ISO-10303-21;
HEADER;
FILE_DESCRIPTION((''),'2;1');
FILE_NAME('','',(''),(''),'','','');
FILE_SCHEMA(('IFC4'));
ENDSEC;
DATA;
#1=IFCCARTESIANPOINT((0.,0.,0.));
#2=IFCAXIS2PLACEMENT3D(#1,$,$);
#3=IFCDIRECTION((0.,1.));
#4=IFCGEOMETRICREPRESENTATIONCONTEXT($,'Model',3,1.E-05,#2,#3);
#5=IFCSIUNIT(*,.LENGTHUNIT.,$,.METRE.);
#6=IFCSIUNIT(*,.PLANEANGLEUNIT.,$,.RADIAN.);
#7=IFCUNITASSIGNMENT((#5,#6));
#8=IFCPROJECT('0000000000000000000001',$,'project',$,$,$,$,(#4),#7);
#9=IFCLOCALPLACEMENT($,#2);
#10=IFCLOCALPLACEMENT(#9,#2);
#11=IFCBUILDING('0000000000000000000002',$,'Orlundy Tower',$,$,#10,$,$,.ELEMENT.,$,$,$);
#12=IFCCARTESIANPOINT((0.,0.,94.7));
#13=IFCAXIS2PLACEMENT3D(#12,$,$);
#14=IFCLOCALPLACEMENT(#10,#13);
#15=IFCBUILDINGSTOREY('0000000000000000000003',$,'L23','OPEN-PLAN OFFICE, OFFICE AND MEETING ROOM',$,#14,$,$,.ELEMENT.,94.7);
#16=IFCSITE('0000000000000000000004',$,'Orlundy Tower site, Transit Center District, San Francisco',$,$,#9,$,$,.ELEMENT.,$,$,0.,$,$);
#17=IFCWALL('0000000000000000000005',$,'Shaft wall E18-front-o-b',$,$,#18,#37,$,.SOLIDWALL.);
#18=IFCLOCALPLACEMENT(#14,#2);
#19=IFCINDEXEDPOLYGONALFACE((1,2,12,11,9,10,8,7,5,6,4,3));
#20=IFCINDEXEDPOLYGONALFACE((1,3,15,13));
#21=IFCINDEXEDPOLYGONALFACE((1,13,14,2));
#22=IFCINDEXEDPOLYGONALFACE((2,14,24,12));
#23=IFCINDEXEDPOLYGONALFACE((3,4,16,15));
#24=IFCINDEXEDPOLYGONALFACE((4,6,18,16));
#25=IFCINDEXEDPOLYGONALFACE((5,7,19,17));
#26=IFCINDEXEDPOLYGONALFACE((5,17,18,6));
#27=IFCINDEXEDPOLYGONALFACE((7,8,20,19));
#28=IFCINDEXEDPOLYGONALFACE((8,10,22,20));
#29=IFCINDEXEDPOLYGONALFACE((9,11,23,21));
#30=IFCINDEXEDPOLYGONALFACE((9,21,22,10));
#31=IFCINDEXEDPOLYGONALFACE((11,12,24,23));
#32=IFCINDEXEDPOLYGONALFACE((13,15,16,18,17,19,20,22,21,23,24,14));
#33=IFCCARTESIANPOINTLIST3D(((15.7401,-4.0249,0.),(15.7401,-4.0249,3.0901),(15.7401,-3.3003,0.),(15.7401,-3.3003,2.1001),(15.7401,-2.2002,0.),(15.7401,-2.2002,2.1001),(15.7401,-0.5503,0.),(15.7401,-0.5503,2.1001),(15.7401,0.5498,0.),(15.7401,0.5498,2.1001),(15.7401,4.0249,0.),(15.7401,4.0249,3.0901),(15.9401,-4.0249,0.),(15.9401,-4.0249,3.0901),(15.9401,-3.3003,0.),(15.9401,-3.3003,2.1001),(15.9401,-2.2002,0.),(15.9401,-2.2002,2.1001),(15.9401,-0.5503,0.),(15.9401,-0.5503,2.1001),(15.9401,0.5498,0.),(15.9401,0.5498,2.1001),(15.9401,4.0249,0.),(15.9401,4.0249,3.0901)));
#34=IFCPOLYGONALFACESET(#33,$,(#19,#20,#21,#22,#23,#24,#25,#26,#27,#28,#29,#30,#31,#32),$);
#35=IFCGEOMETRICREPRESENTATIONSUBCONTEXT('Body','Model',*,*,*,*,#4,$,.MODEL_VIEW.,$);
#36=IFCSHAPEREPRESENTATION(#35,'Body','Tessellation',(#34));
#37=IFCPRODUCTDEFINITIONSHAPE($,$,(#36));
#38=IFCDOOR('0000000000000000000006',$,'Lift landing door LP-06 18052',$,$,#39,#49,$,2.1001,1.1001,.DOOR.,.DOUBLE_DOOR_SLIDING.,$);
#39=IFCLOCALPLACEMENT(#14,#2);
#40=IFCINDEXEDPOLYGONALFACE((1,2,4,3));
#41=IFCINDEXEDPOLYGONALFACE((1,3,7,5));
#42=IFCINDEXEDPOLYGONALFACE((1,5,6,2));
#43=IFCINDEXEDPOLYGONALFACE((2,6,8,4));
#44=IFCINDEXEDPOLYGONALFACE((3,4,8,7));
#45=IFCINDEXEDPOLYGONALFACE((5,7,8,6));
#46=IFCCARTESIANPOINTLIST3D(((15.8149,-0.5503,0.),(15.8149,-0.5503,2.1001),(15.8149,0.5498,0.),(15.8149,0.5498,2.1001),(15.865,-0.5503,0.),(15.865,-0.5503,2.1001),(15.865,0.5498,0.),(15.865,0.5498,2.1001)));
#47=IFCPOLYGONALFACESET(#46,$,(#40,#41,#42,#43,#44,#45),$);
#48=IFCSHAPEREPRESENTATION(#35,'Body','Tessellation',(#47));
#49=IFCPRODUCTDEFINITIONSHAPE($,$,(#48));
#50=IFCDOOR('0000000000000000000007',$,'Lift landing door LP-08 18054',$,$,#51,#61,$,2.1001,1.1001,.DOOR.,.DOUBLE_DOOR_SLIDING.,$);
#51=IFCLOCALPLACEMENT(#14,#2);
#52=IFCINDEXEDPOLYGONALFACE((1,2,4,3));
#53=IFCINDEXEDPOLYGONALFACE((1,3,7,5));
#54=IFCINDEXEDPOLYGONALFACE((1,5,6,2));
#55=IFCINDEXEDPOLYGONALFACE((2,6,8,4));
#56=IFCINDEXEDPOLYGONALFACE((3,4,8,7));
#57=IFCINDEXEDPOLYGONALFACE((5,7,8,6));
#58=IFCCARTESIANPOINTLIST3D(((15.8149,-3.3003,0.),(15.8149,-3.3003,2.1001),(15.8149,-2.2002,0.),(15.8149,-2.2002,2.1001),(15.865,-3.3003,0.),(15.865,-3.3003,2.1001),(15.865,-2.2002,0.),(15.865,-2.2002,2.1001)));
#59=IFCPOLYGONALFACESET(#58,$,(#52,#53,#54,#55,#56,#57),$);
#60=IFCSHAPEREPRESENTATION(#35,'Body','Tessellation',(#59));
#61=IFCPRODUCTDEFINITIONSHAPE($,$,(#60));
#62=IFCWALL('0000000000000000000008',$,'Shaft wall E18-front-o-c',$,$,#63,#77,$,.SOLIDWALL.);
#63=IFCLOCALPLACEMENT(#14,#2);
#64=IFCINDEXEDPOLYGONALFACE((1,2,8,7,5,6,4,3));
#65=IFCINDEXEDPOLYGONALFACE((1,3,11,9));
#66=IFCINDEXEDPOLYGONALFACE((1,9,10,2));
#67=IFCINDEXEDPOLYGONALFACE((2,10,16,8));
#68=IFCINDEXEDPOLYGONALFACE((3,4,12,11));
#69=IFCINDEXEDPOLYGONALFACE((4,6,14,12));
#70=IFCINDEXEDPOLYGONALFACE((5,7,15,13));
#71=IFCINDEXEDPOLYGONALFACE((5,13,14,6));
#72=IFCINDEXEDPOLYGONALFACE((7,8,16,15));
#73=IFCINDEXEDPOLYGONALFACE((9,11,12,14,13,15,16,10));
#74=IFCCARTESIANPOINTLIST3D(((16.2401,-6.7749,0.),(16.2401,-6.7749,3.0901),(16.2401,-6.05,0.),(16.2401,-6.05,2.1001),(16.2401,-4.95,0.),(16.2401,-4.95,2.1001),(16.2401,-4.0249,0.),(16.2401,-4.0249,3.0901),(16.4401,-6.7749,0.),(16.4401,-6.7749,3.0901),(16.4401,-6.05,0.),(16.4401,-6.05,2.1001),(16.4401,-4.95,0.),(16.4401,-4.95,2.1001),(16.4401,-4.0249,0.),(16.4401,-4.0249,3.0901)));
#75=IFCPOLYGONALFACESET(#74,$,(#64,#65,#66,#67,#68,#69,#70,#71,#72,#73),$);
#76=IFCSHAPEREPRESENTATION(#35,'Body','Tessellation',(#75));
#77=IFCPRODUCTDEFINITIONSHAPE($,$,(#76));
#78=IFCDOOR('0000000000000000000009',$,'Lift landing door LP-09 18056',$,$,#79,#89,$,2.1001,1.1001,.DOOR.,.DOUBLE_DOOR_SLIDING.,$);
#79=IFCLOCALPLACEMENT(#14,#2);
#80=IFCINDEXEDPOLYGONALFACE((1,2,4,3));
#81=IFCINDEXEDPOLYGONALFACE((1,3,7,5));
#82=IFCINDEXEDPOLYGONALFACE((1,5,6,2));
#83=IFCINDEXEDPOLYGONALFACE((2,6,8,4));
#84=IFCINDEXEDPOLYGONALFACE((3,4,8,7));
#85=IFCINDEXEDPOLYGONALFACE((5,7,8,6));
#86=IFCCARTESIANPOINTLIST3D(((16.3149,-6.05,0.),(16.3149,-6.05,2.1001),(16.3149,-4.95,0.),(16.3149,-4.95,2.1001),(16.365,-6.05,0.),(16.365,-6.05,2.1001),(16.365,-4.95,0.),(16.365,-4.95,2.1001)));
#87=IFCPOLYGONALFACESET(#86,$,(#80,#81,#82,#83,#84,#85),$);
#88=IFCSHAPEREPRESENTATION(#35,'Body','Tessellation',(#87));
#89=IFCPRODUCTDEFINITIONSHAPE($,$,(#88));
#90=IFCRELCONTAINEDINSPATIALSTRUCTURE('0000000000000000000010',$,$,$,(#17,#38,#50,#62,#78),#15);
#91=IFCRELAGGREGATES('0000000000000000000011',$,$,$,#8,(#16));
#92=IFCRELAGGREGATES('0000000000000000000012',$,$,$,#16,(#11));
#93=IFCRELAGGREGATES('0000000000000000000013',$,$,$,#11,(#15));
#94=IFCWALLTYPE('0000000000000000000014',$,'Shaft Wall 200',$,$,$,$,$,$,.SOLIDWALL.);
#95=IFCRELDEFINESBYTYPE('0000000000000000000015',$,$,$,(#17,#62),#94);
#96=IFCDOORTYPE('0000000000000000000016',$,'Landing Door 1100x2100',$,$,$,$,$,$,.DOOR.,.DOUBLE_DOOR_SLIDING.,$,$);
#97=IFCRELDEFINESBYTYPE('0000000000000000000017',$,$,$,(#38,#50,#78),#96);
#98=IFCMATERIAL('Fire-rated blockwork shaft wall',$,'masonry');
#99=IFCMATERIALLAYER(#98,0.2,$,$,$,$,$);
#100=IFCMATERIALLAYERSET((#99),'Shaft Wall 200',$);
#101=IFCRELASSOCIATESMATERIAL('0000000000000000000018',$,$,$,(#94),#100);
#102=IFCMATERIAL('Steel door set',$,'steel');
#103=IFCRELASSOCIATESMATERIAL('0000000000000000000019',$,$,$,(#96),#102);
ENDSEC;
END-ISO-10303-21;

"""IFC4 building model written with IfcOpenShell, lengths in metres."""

from ifc_helpers import new_model, si_unit, direction, frame, frame_2d, origin, place, context, subcontext, project, spatial, rectangle, extrude, material, layer, layer_set, type_object, element, fill, save


model = new_model("IFC4")

# Units and contexts
model_context = context("Model", 3, precision=1e-05, world=origin(), true_north=direction((0.0, 1.0)))
body_context = subcontext(model_context, "Body", "Model", "MODEL_VIEW")
ifc_project = project(units=[si_unit("LENGTHUNIT", "METRE"), si_unit("PLANEANGLEUNIT", "RADIAN")], contexts=[model_context])

# Site, building, storey
site_placement = place(None, origin())
site = spatial("IfcSite", under=ifc_project, at=site_placement, Name="Orlundy Tower site, Transit Center District, San Francisco", CompositionType="ELEMENT", RefElevation=0.0)
building_placement = place(site_placement, origin())
building = spatial("IfcBuilding", under=site, at=building_placement, Name="Orlundy Tower", CompositionType="ELEMENT")
storey_placement = place(building_placement, frame((0.0, 0.0, 94.7)))
storey = spatial("IfcBuildingStorey", under=building, at=storey_placement, Name="L23", Description="OPEN-PLAN OFFICE, OFFICE AND MEETING ROOM", CompositionType="ELEMENT", Elevation=94.7)

# Shared definitions
ifc_material_1 = material(Name="Fire-rated blockwork shaft wall", Category="masonry")
ifc_layer_1 = layer(ifc_material_1, 0.2)
ifc_layer_set_1 = layer_set([ifc_layer_1], Name="Shaft Wall 200")
wall_type_1 = type_object("IfcWallType", Name="Shaft Wall 200", PredefinedType="SOLIDWALL", material=ifc_layer_set_1)

# Shared definitions
ifc_material_2 = material(Name="Steel door set", Category="steel")
door_type = type_object("IfcDoorType", Name="Landing Door 1100x2100", OperationType="DOUBLE_DOOR_SLIDING", PredefinedType="DOOR", material=ifc_material_2)

# Wall, openings, doors
wall_1_placement = place(storey_placement, frame((15.8401, 4.0249, 0.0), z_axis=(0.0, 0.0, 1.0), x_axis=(0.0, -1.0, 0.0)))
wall_1 = element("IfcWall", 1, at=wall_1_placement, inside=storey, type_object=wall_type_1, Name="Shaft wall E18-front-o-b", PredefinedType="SOLIDWALL", context=body_context, shape_type="SweptSolid", body=[
    extrude(rectangle(XDim=8.0498, YDim=0.2, at=frame_2d((4.0249, 0.0))), origin(), (0.0, 0.0, 1.0), 3.0901),
])
opening_1_placement = place(wall_1_placement, frame((3.4751, 0.0, 0.0)))
opening_1 = element("IfcOpeningElement", 2, at=opening_1_placement, cuts=wall_1, PredefinedType="OPENING", context=body_context, shape_type="SweptSolid", body=[
    extrude(rectangle(XDim=1.1001, YDim=2.1001, at=frame_2d((0.55, 1.05))), frame((0.0, 0.1101, 0.0), z_axis=(0.0, -1.0, 0.0), x_axis=(1.0, 0.0, 0.0)), (0.0, 0.0, 1.0), 0.2202),
])
opening_2_placement = place(wall_1_placement, frame((6.2251, 0.0, 0.0)))
opening_2 = element("IfcOpeningElement", 3, at=opening_2_placement, cuts=wall_1, PredefinedType="OPENING", context=body_context, shape_type="SweptSolid", body=[
    extrude(rectangle(XDim=1.1001, YDim=2.1001, at=frame_2d((0.55, 1.05))), frame((0.0, 0.1101, 0.0), z_axis=(0.0, -1.0, 0.0), x_axis=(1.0, 0.0, 0.0)), (0.0, 0.0, 1.0), 0.2202),
])
door_1_placement = place(opening_1_placement, origin())
door_1 = element("IfcDoor", 4, at=door_1_placement, inside=storey, type_object=door_type, Name="Lift landing door LP-06 18052", OperationType="DOUBLE_DOOR_SLIDING", OverallHeight=2.1001, OverallWidth=1.1001, PredefinedType="DOOR", context=body_context, shape_type="SweptSolid", body=[
    extrude(rectangle(XDim=1.1001, YDim=2.1001, at=frame_2d((0.55, 1.05))), frame((0.0, 0.0249, 0.0), z_axis=(0.0, -1.0, 0.0), x_axis=(1.0, 0.0, 0.0)), (0.0, 0.0, 1.0), 0.05),
])
fill(opening_1, door_1)
door_2_placement = place(opening_2_placement, origin())
door_2 = element("IfcDoor", 5, at=door_2_placement, inside=storey, type_object=door_type, Name="Lift landing door LP-08 18054", OperationType="DOUBLE_DOOR_SLIDING", OverallHeight=2.1001, OverallWidth=1.1001, PredefinedType="DOOR", context=body_context, shape_type="SweptSolid", body=[
    extrude(rectangle(XDim=1.1001, YDim=2.1001, at=frame_2d((0.55, 1.05))), frame((0.0, 0.0249, 0.0), z_axis=(0.0, -1.0, 0.0), x_axis=(1.0, 0.0, 0.0)), (0.0, 0.0, 1.0), 0.05),
])
fill(opening_2, door_2)

# Wall, opening, door
wall_2_placement = place(storey_placement, frame((16.3401, -4.0249, 0.0), z_axis=(0.0, 0.0, 1.0), x_axis=(0.0, -1.0, 0.0)))
wall_2 = element("IfcWall", 6, at=wall_2_placement, inside=storey, type_object=wall_type_1, Name="Shaft wall E18-front-o-c", PredefinedType="SOLIDWALL", context=body_context, shape_type="SweptSolid", body=[
    extrude(rectangle(XDim=2.75, YDim=0.2, at=frame_2d((1.375, 0.0))), origin(), (0.0, 0.0, 1.0), 3.0901),
])
opening_3_placement = place(wall_2_placement, frame((0.925, 0.0, 0.0)))
opening_3 = element("IfcOpeningElement", 7, at=opening_3_placement, cuts=wall_2, PredefinedType="OPENING", context=body_context, shape_type="SweptSolid", body=[
    extrude(rectangle(XDim=1.1001, YDim=2.1001, at=frame_2d((0.55, 1.05))), frame((0.0, 0.1101, 0.0), z_axis=(0.0, -1.0, 0.0), x_axis=(1.0, 0.0, 0.0)), (0.0, 0.0, 1.0), 0.2202),
])
door_3_placement = place(opening_3_placement, origin())
door_3 = element("IfcDoor", 8, at=door_3_placement, inside=storey, type_object=door_type, Name="Lift landing door LP-09 18056", OperationType="DOUBLE_DOOR_SLIDING", OverallHeight=2.1001, OverallWidth=1.1001, PredefinedType="DOOR", context=body_context, shape_type="SweptSolid", body=[
    extrude(rectangle(XDim=1.1001, YDim=2.1001, at=frame_2d((0.55, 1.05))), frame((0.0, 0.0249, 0.0), z_axis=(0.0, -1.0, 0.0), x_axis=(1.0, 0.0, 0.0)), (0.0, 0.0, 1.0), 0.05),
])
fill(opening_3, door_3)

save(model, "model.ifc")
